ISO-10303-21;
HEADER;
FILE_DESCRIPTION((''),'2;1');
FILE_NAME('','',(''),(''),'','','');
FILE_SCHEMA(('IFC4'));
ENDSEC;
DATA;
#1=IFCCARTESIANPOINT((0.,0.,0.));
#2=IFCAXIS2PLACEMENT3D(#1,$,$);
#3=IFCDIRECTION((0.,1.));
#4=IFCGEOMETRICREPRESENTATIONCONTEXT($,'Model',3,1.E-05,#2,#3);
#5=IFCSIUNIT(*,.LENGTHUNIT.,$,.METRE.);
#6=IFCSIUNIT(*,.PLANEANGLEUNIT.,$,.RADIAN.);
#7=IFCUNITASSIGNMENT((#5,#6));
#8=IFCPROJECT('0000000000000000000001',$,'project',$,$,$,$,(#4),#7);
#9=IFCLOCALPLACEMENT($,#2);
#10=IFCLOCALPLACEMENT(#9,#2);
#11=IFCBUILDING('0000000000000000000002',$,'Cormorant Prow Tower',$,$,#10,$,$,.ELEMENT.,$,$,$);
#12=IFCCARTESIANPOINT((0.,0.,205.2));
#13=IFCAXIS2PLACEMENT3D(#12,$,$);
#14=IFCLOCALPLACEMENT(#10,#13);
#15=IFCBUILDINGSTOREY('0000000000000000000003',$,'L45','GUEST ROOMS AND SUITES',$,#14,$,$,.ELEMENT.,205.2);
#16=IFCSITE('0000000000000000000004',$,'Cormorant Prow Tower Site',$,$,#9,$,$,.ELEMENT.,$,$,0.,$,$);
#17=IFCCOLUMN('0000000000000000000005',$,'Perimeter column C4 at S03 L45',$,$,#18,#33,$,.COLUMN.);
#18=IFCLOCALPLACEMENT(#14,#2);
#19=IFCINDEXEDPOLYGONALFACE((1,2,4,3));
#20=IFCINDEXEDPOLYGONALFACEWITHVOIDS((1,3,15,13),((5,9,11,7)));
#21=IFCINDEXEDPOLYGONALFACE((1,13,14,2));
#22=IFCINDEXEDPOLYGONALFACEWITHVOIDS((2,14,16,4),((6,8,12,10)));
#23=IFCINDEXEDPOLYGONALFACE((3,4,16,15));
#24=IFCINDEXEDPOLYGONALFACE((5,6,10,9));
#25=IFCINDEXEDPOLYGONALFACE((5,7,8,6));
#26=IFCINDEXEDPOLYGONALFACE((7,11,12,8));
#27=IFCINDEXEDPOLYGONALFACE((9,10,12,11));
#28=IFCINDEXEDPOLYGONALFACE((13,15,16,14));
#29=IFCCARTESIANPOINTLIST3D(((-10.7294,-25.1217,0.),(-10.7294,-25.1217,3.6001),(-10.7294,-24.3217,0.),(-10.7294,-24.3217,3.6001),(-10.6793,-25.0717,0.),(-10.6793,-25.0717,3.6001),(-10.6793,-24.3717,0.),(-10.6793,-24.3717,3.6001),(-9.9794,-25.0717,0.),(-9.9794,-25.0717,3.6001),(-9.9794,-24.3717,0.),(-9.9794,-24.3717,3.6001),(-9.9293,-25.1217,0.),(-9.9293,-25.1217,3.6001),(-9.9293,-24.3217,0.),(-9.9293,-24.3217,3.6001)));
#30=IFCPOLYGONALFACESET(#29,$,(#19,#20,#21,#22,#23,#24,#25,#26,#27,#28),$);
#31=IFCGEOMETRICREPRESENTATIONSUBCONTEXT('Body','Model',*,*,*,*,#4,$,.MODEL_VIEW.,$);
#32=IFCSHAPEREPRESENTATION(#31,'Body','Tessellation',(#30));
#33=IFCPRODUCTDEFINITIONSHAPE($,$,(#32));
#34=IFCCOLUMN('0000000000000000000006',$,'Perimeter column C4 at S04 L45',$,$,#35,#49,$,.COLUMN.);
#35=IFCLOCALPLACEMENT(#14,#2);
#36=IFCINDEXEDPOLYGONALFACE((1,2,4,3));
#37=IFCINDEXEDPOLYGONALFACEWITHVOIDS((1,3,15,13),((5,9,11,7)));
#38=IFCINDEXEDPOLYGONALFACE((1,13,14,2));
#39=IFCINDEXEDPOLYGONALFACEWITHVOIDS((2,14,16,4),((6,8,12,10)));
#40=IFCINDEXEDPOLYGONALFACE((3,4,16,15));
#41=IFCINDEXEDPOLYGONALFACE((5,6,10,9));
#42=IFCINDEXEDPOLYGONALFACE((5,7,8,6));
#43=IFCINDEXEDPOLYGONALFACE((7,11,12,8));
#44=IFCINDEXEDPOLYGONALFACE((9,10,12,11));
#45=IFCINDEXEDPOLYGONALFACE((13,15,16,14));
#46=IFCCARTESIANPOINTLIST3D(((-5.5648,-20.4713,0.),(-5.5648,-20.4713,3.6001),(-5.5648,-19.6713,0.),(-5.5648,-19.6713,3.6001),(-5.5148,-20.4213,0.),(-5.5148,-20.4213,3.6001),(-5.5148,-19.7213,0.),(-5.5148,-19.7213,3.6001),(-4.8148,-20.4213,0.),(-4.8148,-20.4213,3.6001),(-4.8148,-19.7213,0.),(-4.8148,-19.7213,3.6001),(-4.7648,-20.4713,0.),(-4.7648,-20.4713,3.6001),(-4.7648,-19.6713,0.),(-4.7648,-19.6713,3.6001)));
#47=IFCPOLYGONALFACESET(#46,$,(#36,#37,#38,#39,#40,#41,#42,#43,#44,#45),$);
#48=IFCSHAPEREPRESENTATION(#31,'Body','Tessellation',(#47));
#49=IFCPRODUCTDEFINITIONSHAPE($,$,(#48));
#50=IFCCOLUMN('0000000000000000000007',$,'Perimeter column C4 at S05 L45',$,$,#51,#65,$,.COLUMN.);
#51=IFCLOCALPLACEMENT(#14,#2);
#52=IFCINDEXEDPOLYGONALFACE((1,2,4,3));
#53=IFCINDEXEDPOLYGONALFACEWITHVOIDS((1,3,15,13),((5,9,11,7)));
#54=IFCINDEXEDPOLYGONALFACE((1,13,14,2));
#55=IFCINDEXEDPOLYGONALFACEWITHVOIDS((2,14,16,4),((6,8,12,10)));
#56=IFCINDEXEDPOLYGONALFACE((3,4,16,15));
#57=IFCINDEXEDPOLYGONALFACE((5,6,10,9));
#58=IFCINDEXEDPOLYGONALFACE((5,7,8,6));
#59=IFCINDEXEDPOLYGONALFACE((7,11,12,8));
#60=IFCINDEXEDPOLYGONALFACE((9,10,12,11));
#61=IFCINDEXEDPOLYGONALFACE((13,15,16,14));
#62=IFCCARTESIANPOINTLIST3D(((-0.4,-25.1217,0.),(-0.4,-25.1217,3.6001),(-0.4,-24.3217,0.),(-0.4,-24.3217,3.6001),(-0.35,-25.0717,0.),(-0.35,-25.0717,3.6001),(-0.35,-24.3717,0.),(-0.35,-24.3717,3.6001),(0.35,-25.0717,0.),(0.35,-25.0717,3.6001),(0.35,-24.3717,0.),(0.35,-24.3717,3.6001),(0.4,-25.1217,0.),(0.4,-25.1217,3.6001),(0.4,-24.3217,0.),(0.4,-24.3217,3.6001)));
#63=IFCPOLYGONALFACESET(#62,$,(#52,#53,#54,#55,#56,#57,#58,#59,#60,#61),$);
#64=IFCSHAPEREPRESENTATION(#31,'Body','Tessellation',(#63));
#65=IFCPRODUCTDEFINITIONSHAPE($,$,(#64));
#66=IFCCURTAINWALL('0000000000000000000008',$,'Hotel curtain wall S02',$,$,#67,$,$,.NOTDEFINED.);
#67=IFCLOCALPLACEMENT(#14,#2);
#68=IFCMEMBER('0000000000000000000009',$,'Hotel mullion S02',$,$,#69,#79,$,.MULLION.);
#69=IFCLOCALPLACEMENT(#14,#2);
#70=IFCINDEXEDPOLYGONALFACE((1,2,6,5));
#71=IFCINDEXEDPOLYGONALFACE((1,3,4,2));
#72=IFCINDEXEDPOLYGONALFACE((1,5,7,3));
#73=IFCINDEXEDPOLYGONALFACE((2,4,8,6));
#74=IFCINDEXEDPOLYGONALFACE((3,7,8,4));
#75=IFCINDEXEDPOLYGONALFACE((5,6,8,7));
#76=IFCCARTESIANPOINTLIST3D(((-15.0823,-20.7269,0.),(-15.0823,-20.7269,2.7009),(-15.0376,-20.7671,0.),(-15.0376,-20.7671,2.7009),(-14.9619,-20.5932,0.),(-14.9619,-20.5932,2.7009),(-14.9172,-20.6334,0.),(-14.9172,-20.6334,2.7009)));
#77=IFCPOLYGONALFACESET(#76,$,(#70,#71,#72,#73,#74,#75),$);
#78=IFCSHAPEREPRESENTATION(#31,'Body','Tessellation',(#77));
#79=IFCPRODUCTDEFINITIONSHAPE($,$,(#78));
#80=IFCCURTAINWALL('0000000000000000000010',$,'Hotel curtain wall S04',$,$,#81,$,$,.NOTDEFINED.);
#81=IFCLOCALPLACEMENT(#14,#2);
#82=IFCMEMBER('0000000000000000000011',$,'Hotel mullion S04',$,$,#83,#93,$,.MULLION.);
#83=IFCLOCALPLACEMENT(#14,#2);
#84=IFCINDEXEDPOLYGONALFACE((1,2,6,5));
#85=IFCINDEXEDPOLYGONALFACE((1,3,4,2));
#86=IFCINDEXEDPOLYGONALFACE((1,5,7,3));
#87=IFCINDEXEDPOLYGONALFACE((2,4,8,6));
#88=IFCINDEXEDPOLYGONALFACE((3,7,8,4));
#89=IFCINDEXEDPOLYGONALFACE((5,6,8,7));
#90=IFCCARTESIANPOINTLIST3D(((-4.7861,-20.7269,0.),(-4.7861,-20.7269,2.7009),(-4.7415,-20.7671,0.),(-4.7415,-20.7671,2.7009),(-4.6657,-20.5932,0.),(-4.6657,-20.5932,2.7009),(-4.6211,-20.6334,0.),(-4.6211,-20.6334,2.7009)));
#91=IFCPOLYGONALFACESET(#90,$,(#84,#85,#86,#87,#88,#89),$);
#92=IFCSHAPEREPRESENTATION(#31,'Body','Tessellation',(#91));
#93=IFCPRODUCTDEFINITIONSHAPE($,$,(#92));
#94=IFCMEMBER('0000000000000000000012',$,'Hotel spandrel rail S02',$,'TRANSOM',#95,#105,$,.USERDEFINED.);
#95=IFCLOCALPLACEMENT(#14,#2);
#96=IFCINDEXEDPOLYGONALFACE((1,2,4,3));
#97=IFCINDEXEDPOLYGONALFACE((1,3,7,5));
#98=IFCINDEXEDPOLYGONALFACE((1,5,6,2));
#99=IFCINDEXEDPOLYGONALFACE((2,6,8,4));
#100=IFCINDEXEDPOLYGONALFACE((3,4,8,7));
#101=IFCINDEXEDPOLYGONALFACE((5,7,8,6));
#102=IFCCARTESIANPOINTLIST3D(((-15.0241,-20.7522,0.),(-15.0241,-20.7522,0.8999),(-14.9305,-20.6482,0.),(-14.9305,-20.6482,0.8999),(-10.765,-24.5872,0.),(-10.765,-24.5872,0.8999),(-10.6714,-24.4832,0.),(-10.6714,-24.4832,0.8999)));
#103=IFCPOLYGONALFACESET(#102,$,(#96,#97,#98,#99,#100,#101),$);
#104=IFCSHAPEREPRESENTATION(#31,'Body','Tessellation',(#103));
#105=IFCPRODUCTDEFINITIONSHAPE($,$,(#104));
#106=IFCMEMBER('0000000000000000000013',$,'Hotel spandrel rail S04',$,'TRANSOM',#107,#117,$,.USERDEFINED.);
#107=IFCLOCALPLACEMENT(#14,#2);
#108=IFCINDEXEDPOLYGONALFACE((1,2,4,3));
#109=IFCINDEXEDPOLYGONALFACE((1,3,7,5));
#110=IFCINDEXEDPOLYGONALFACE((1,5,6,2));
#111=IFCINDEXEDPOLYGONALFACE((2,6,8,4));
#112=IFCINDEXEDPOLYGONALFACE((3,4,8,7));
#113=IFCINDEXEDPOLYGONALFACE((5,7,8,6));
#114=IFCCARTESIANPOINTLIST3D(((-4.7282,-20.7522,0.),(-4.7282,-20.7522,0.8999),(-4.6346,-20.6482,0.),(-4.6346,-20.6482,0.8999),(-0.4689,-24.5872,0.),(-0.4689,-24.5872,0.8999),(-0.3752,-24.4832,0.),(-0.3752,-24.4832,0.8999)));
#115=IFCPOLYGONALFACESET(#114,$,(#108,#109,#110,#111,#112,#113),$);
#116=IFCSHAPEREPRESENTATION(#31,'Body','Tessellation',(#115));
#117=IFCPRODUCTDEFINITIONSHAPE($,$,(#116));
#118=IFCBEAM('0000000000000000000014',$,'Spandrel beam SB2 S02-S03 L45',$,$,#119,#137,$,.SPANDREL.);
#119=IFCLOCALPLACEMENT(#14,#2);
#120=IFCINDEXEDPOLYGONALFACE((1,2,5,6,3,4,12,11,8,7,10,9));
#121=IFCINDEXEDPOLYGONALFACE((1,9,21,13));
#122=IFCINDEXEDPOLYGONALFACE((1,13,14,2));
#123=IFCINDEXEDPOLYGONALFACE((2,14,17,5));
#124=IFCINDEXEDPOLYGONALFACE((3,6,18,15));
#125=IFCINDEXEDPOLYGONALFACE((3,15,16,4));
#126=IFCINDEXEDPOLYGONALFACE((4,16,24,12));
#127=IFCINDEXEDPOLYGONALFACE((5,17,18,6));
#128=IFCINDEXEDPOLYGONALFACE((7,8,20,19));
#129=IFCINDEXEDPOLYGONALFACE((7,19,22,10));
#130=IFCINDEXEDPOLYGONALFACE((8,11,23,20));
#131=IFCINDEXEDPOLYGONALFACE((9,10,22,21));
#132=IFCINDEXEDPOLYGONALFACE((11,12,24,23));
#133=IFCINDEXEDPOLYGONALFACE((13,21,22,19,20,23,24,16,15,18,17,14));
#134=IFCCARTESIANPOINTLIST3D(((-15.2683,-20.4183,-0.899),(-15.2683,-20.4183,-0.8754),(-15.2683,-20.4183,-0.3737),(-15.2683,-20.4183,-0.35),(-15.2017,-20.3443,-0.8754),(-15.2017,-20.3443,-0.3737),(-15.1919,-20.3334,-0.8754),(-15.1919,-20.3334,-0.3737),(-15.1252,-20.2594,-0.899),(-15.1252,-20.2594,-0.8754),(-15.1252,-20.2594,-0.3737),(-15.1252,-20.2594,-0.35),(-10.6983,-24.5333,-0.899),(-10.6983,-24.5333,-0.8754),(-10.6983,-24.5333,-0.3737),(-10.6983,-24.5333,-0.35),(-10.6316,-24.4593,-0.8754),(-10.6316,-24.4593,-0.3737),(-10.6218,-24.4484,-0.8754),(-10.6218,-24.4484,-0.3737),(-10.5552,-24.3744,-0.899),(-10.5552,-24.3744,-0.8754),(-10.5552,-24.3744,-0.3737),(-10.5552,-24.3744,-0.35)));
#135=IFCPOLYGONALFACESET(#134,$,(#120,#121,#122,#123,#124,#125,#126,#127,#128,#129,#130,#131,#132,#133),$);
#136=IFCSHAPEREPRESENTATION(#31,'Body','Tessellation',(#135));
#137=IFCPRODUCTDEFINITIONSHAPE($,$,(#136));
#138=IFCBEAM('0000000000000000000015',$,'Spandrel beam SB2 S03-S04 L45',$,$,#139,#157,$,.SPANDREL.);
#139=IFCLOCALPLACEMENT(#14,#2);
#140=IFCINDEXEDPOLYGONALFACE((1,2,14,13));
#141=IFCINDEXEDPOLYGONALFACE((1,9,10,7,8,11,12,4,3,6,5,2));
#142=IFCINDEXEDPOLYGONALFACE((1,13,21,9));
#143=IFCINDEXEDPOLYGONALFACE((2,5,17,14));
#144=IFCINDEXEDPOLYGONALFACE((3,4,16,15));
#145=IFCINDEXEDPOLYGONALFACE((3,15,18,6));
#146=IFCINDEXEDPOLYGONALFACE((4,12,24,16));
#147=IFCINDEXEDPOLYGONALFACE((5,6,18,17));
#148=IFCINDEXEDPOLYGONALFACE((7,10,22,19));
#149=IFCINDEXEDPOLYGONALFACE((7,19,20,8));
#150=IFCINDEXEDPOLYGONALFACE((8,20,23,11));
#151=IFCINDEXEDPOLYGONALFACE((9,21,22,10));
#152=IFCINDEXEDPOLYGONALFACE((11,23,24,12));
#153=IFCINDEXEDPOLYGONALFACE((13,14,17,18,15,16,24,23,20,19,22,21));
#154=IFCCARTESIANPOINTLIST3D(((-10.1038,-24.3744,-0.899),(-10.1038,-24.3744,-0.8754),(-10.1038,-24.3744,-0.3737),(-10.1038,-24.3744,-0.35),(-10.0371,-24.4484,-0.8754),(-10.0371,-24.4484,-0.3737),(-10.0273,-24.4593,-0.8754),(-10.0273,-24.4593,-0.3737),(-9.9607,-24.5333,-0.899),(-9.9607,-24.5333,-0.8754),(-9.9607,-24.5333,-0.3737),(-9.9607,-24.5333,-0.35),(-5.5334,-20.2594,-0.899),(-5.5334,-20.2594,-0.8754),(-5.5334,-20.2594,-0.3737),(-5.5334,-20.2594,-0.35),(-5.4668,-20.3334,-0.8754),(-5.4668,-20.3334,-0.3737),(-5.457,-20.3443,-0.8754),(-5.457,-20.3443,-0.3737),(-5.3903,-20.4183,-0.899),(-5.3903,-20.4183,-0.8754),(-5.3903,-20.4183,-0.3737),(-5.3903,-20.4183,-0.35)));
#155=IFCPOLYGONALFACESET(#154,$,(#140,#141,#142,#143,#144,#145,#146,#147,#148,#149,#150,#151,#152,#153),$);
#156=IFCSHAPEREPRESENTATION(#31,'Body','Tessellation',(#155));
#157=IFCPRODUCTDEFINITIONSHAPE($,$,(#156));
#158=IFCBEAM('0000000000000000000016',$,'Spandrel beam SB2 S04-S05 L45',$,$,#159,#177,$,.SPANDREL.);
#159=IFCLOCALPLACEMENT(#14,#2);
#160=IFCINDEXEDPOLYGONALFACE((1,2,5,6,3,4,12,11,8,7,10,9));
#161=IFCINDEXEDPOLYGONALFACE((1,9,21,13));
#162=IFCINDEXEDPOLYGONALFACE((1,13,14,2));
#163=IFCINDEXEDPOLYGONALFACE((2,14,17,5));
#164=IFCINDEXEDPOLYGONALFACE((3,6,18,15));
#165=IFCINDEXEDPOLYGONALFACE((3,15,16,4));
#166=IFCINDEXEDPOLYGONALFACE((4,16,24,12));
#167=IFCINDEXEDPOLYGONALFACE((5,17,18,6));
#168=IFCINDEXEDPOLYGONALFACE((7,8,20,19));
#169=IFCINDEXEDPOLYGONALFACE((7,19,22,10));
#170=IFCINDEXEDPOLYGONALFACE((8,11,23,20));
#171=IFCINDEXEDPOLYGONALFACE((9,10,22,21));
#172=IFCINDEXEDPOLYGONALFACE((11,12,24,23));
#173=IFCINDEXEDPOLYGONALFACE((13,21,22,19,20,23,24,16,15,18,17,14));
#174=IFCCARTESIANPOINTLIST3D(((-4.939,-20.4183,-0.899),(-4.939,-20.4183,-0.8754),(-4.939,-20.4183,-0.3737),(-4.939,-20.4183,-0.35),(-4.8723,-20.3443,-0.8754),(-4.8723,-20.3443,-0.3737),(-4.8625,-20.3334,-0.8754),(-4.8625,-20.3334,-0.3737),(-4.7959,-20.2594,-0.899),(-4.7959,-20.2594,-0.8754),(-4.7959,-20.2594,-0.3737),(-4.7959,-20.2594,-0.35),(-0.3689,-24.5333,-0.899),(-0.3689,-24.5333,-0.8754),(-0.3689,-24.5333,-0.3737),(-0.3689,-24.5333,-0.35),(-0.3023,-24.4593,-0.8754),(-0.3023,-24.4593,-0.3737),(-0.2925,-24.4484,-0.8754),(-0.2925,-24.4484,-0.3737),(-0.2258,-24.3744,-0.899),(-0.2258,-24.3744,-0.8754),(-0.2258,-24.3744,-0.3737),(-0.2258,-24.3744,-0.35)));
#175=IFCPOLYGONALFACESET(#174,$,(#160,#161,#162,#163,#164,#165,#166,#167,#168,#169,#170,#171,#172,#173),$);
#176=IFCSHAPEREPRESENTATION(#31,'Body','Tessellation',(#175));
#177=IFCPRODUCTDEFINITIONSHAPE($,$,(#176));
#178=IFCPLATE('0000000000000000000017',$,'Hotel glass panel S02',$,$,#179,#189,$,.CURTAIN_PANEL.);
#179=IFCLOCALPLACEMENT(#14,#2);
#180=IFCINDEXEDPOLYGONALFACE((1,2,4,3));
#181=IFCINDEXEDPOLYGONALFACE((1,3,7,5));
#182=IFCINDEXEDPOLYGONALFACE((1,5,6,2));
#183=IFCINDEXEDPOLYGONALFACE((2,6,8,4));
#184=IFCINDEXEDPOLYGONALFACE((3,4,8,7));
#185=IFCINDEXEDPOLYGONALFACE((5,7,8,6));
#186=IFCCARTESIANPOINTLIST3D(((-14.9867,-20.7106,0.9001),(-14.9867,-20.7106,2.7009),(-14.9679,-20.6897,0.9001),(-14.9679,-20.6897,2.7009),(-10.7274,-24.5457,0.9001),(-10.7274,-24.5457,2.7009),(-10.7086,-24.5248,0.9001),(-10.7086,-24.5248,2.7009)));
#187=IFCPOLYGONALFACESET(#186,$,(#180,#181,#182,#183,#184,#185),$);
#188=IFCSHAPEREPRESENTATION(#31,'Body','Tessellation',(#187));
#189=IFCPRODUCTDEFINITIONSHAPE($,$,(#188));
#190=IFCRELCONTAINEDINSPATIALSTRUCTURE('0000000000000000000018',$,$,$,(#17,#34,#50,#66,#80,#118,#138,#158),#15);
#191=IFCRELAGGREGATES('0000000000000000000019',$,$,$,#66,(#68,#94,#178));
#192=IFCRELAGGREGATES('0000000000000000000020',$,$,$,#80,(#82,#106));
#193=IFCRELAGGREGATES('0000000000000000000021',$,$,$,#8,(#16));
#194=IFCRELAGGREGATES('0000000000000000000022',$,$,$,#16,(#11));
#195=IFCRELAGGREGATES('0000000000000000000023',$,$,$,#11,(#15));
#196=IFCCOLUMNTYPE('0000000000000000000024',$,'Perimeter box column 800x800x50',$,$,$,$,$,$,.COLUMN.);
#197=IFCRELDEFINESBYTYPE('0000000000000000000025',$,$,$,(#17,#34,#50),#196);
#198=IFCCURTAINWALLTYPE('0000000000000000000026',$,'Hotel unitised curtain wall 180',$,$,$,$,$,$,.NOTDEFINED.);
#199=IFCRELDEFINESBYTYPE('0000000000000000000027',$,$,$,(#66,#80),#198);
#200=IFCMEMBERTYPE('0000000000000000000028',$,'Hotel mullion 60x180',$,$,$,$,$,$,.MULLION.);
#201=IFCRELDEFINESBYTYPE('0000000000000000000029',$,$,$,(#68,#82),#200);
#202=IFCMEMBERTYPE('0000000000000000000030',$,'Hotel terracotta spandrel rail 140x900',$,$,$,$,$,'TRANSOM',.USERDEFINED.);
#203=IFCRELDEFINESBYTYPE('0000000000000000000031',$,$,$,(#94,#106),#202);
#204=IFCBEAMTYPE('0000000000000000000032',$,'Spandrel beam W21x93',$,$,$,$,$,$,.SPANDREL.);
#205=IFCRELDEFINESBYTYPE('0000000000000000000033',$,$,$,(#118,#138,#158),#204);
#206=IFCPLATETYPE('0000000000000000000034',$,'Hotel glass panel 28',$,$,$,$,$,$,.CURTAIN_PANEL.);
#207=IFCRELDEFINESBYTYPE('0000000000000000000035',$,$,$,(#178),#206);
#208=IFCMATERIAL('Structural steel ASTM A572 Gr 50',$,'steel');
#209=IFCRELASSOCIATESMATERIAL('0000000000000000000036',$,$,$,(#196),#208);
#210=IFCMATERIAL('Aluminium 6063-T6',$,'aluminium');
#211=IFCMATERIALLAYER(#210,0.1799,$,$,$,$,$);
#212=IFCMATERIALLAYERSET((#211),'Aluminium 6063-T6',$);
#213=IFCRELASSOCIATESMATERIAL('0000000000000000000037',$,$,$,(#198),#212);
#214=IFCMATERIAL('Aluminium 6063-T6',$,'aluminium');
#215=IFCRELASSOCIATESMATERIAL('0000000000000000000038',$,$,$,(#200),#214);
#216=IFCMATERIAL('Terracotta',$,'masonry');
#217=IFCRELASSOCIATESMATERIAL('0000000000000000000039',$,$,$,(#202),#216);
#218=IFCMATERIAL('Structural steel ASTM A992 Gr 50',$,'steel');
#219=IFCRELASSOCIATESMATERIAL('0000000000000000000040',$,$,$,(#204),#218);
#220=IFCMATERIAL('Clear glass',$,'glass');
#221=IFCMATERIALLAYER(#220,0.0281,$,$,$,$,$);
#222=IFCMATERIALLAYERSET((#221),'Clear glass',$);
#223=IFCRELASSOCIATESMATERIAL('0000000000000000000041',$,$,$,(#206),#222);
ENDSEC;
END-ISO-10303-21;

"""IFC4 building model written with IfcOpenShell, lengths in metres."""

from ifc_helpers import new_model, si_unit, direction, frame, origin, origin_2d, place, context, subcontext, project, spatial, rectangle, hollow_rectangle, i_section, extrude, material, layer, layer_set, material_profile, profile_set, type_object, element, aggregate, save


model = new_model("IFC4")

# Units and contexts
model_context = context("Model", 3, precision=1e-05, world=origin(), true_north=direction((0.0, 1.0)))
body_context = subcontext(model_context, "Body", "Model", "MODEL_VIEW")
ifc_project = project(units=[si_unit("LENGTHUNIT", "METRE"), si_unit("PLANEANGLEUNIT", "RADIAN")], contexts=[model_context])

# Site, building, storey
site_placement = place(None, origin())
site = spatial("IfcSite", under=ifc_project, at=site_placement, Name="Cormorant Prow Tower Site", CompositionType="ELEMENT", RefElevation=0.0)
building_placement = place(site_placement, origin())
building = spatial("IfcBuilding", under=site, at=building_placement, Name="Cormorant Prow Tower", CompositionType="ELEMENT")
storey_placement = place(building_placement, frame((0.0, 0.0, 205.2)))
storey = spatial("IfcBuildingStorey", under=building, at=storey_placement, Name="L45", Description="GUEST ROOMS AND SUITES", CompositionType="ELEMENT", Elevation=205.2)

# Columns
ifc_material_1 = material(Name="Structural steel ASTM A572 Gr 50", Category="steel")
ifc_material_profile_1 = material_profile(ifc_material_1, hollow_rectangle(XDim=0.8, YDim=0.8, WallThickness=0.05, at=origin_2d()), Name="Box 800x800x50")
ifc_profile_set_1 = profile_set([ifc_material_profile_1], Name="Structural steel ASTM A572 Gr 50")
column_type = type_object("IfcColumnType", Name="Perimeter box column 800x800x50", PredefinedType="COLUMN", material=ifc_profile_set_1)
for number, where, z_axis, x_axis, name in (
    (1, (-10.3293, -24.7217, 0.0), (0.0, 0.0, 1.0), (1.0, 0.0, 0.0), "Perimeter column C4 at S03 L45"),
    (2, (-5.1648, -20.0713, 0.0), (0.0, 0.0, 1.0), (1.0, 0.0, 0.0), "Perimeter column C4 at S04 L45"),
    (3, (0.0, -24.7217, 0.0), (0.0, 0.0, 1.0), (1.0, 0.0, 0.0), "Perimeter column C4 at S05 L45"),
):
    element("IfcColumn", number, at=place(storey_placement, frame(where, z_axis=z_axis, x_axis=x_axis)), inside=storey, type_object=column_type, Name=name, PredefinedType="COLUMN", context=body_context, shape_type="SweptSolid", body=[
        extrude(hollow_rectangle(XDim=0.8, YDim=0.8, WallThickness=0.05, at=origin_2d()), origin(), (0.0, 0.0, 1.0), 3.6001),
    ])

# Curtain walls, members
ifc_material_2 = material(Name="Aluminium 6063-T6", Category="aluminium")
ifc_layer_1 = layer(ifc_material_2, 0.1799)
ifc_layer_set_1 = layer_set([ifc_layer_1], Name="Aluminium 6063-T6")
curtain_wall_type = type_object("IfcCurtainWallType", Name="Hotel unitised curtain wall 180", PredefinedType="NOTDEFINED", material=ifc_layer_set_1)
curtain_wall_1_placement = place(storey_placement, origin())
curtain_wall_1 = element("IfcCurtainWall", 4, at=curtain_wall_1_placement, inside=storey, type_object=curtain_wall_type, Name="Hotel curtain wall S02", PredefinedType="NOTDEFINED")
ifc_material_3 = material(Name="Aluminium 6063-T6", Category="aluminium")
ifc_material_profile_2 = material_profile(ifc_material_3, rectangle(XDim=0.1799, YDim=0.0601, at=origin_2d()), Name="Hotel mullion 60x180")
ifc_profile_set_2 = profile_set([ifc_material_profile_2], Name="Aluminium 6063-T6")
member_type_1 = type_object("IfcMemberType", Name="Hotel mullion 60x180", PredefinedType="MULLION", material=ifc_profile_set_2)
member_1_placement = place(storey_placement, frame((-14.9998, -20.6802, 0.0), z_axis=(0.0, 0.0, 1.0), x_axis=(0.669131, 0.743145, 0.0)))
member_1 = element("IfcMember", 5, at=member_1_placement, type_object=member_type_1, Name="Hotel mullion S02", PredefinedType="MULLION", context=body_context, shape_type="SweptSolid", body=[
    extrude(rectangle(XDim=0.1799, YDim=0.0601, at=origin_2d()), origin(), (0.0, 0.0, 1.0), 2.7009),
])
curtain_wall_2_placement = place(storey_placement, origin())
curtain_wall_2 = element("IfcCurtainWall", 6, at=curtain_wall_2_placement, inside=storey, type_object=curtain_wall_type, Name="Hotel curtain wall S04", PredefinedType="NOTDEFINED")
member_2_placement = place(storey_placement, frame((-4.7036, -20.6802, 0.0), z_axis=(0.0, 0.0, 1.0), x_axis=(0.669131, 0.743145, 0.0)))
member_2 = element("IfcMember", 7, at=member_2_placement, type_object=member_type_1, Name="Hotel mullion S04", PredefinedType="MULLION", context=body_context, shape_type="SweptSolid", body=[
    extrude(rectangle(XDim=0.1799, YDim=0.0601, at=origin_2d()), origin(), (0.0, 0.0, 1.0), 2.7009),
])

# Members
ifc_material_4 = material(Name="Terracotta", Category="masonry")
ifc_material_profile_3 = material_profile(ifc_material_4, rectangle(XDim=0.1399, YDim=0.8999, at=origin_2d()), Name="Hotel terracotta spandrel rail 140x900")
ifc_profile_set_3 = profile_set([ifc_material_profile_3], Name="Terracotta")
member_type_2 = type_object("IfcMemberType", Name="Hotel terracotta spandrel rail 140x900", ElementType="TRANSOM", PredefinedType="USERDEFINED", material=ifc_profile_set_3)
member_3_placement = place(storey_placement, frame((-14.9773, -20.7002, 0.45), z_axis=(0.743135, -0.669141, 0.0), x_axis=(0.669141, 0.743135, 0.0)))
member_3 = element("IfcMember", 8, at=member_3_placement, type_object=member_type_2, Name="Hotel spandrel rail S02", ObjectType="TRANSOM", PredefinedType="USERDEFINED", context=body_context, shape_type="SweptSolid", body=[
    extrude(rectangle(XDim=0.1399, YDim=0.8999, at=origin_2d()), origin(), (0.0, 0.0, 1.0), 5.7312),
])
member_4_placement = place(storey_placement, frame((-4.6814, -20.7002, 0.45), z_axis=(0.743154, -0.66912, 0.0), x_axis=(0.66912, 0.743154, 0.0)))
member_4 = element("IfcMember", 9, at=member_4_placement, type_object=member_type_2, Name="Hotel spandrel rail S04", ObjectType="TRANSOM", PredefinedType="USERDEFINED", context=body_context, shape_type="SweptSolid", body=[
    extrude(rectangle(XDim=0.1399, YDim=0.8999, at=origin_2d()), origin(), (0.0, 0.0, 1.0), 5.7314),
])

# Beams
ifc_material_5 = material(Name="Structural steel ASTM A992 Gr 50", Category="steel")
ifc_material_profile_4 = material_profile(ifc_material_5, i_section(OverallWidth=0.2139, OverallDepth=0.5491, WebThickness=0.0146, FlangeThickness=0.0237, at=origin_2d()), Name="W21x93")
ifc_profile_set_4 = profile_set([ifc_material_profile_4], Name="Structural steel ASTM A992 Gr 50")
beam_type = type_object("IfcBeamType", Name="Spandrel beam W21x93", PredefinedType="SPANDREL", material=ifc_profile_set_4)
beam_1_placement = place(storey_placement, frame((-15.1968, -20.3389, -0.6245), z_axis=(0.743138, -0.669138, 0.0), x_axis=(0.669138, 0.743138, 0.0)))
element("IfcBeam", 10, at=beam_1_placement, inside=storey, type_object=beam_type, Name="Spandrel beam SB2 S02-S03 L45", PredefinedType="SPANDREL", context=body_context, shape_type="SweptSolid", body=[
    extrude(i_section(OverallWidth=0.2139, OverallDepth=0.5491, WebThickness=0.0146, FlangeThickness=0.0237, at=origin_2d()), origin(), (0.0, 0.0, 1.0), 6.1497),
])
beam_2_placement = place(storey_placement, frame((-10.0322, -24.4539, -0.6245), z_axis=(0.743156, 0.669118, 0.0), x_axis=(-0.669118, 0.743156, 0.0)))
element("IfcBeam", 11, at=beam_2_placement, inside=storey, type_object=beam_type, Name="Spandrel beam SB2 S03-S04 L45", PredefinedType="SPANDREL", context=body_context, shape_type="SweptSolid", body=[
    extrude(i_section(OverallWidth=0.2139, OverallDepth=0.5491, WebThickness=0.0146, FlangeThickness=0.0237, at=origin_2d()), origin(), (0.0, 0.0, 1.0), 6.1499),
])
beam_3_placement = place(storey_placement, frame((-4.8674, -20.3389, -0.6245), z_axis=(0.743138, -0.669138, 0.0), x_axis=(0.669138, 0.743138, 0.0)))
element("IfcBeam", 12, at=beam_3_placement, inside=storey, type_object=beam_type, Name="Spandrel beam SB2 S04-S05 L45", PredefinedType="SPANDREL", context=body_context, shape_type="SweptSolid", body=[
    extrude(i_section(OverallWidth=0.2139, OverallDepth=0.5491, WebThickness=0.0146, FlangeThickness=0.0237, at=origin_2d()), origin(), (0.0, 0.0, 1.0), 6.1497),
])

# Plate
ifc_material_6 = material(Name="Clear glass", Category="glass")
ifc_layer_2 = layer(ifc_material_6, 0.0281)
ifc_layer_set_2 = layer_set([ifc_layer_2], Name="Clear glass")
plate_type = type_object("IfcPlateType", Name="Hotel glass panel 28", PredefinedType="CURTAIN_PANEL", material=ifc_layer_set_2)
plate_1_placement = place(storey_placement, frame((-12.8477, -22.6177, 0.9001), z_axis=(0.0, 0.0, 1.0), x_axis=(0.743145, -0.669131, 0.0)))
plate_1 = element("IfcPlate", 13, at=plate_1_placement, type_object=plate_type, Name="Hotel glass panel S02", PredefinedType="CURTAIN_PANEL", context=body_context, shape_type="SweptSolid", body=[
    extrude(rectangle(XDim=5.7314, YDim=0.0281, at=origin_2d()), origin(), (0.0, 0.0, 1.0), 1.8008),
])
aggregate(curtain_wall_1, [member_1, member_3, plate_1])
aggregate(curtain_wall_2, [member_2, member_4])

save(model, "model.ifc")
